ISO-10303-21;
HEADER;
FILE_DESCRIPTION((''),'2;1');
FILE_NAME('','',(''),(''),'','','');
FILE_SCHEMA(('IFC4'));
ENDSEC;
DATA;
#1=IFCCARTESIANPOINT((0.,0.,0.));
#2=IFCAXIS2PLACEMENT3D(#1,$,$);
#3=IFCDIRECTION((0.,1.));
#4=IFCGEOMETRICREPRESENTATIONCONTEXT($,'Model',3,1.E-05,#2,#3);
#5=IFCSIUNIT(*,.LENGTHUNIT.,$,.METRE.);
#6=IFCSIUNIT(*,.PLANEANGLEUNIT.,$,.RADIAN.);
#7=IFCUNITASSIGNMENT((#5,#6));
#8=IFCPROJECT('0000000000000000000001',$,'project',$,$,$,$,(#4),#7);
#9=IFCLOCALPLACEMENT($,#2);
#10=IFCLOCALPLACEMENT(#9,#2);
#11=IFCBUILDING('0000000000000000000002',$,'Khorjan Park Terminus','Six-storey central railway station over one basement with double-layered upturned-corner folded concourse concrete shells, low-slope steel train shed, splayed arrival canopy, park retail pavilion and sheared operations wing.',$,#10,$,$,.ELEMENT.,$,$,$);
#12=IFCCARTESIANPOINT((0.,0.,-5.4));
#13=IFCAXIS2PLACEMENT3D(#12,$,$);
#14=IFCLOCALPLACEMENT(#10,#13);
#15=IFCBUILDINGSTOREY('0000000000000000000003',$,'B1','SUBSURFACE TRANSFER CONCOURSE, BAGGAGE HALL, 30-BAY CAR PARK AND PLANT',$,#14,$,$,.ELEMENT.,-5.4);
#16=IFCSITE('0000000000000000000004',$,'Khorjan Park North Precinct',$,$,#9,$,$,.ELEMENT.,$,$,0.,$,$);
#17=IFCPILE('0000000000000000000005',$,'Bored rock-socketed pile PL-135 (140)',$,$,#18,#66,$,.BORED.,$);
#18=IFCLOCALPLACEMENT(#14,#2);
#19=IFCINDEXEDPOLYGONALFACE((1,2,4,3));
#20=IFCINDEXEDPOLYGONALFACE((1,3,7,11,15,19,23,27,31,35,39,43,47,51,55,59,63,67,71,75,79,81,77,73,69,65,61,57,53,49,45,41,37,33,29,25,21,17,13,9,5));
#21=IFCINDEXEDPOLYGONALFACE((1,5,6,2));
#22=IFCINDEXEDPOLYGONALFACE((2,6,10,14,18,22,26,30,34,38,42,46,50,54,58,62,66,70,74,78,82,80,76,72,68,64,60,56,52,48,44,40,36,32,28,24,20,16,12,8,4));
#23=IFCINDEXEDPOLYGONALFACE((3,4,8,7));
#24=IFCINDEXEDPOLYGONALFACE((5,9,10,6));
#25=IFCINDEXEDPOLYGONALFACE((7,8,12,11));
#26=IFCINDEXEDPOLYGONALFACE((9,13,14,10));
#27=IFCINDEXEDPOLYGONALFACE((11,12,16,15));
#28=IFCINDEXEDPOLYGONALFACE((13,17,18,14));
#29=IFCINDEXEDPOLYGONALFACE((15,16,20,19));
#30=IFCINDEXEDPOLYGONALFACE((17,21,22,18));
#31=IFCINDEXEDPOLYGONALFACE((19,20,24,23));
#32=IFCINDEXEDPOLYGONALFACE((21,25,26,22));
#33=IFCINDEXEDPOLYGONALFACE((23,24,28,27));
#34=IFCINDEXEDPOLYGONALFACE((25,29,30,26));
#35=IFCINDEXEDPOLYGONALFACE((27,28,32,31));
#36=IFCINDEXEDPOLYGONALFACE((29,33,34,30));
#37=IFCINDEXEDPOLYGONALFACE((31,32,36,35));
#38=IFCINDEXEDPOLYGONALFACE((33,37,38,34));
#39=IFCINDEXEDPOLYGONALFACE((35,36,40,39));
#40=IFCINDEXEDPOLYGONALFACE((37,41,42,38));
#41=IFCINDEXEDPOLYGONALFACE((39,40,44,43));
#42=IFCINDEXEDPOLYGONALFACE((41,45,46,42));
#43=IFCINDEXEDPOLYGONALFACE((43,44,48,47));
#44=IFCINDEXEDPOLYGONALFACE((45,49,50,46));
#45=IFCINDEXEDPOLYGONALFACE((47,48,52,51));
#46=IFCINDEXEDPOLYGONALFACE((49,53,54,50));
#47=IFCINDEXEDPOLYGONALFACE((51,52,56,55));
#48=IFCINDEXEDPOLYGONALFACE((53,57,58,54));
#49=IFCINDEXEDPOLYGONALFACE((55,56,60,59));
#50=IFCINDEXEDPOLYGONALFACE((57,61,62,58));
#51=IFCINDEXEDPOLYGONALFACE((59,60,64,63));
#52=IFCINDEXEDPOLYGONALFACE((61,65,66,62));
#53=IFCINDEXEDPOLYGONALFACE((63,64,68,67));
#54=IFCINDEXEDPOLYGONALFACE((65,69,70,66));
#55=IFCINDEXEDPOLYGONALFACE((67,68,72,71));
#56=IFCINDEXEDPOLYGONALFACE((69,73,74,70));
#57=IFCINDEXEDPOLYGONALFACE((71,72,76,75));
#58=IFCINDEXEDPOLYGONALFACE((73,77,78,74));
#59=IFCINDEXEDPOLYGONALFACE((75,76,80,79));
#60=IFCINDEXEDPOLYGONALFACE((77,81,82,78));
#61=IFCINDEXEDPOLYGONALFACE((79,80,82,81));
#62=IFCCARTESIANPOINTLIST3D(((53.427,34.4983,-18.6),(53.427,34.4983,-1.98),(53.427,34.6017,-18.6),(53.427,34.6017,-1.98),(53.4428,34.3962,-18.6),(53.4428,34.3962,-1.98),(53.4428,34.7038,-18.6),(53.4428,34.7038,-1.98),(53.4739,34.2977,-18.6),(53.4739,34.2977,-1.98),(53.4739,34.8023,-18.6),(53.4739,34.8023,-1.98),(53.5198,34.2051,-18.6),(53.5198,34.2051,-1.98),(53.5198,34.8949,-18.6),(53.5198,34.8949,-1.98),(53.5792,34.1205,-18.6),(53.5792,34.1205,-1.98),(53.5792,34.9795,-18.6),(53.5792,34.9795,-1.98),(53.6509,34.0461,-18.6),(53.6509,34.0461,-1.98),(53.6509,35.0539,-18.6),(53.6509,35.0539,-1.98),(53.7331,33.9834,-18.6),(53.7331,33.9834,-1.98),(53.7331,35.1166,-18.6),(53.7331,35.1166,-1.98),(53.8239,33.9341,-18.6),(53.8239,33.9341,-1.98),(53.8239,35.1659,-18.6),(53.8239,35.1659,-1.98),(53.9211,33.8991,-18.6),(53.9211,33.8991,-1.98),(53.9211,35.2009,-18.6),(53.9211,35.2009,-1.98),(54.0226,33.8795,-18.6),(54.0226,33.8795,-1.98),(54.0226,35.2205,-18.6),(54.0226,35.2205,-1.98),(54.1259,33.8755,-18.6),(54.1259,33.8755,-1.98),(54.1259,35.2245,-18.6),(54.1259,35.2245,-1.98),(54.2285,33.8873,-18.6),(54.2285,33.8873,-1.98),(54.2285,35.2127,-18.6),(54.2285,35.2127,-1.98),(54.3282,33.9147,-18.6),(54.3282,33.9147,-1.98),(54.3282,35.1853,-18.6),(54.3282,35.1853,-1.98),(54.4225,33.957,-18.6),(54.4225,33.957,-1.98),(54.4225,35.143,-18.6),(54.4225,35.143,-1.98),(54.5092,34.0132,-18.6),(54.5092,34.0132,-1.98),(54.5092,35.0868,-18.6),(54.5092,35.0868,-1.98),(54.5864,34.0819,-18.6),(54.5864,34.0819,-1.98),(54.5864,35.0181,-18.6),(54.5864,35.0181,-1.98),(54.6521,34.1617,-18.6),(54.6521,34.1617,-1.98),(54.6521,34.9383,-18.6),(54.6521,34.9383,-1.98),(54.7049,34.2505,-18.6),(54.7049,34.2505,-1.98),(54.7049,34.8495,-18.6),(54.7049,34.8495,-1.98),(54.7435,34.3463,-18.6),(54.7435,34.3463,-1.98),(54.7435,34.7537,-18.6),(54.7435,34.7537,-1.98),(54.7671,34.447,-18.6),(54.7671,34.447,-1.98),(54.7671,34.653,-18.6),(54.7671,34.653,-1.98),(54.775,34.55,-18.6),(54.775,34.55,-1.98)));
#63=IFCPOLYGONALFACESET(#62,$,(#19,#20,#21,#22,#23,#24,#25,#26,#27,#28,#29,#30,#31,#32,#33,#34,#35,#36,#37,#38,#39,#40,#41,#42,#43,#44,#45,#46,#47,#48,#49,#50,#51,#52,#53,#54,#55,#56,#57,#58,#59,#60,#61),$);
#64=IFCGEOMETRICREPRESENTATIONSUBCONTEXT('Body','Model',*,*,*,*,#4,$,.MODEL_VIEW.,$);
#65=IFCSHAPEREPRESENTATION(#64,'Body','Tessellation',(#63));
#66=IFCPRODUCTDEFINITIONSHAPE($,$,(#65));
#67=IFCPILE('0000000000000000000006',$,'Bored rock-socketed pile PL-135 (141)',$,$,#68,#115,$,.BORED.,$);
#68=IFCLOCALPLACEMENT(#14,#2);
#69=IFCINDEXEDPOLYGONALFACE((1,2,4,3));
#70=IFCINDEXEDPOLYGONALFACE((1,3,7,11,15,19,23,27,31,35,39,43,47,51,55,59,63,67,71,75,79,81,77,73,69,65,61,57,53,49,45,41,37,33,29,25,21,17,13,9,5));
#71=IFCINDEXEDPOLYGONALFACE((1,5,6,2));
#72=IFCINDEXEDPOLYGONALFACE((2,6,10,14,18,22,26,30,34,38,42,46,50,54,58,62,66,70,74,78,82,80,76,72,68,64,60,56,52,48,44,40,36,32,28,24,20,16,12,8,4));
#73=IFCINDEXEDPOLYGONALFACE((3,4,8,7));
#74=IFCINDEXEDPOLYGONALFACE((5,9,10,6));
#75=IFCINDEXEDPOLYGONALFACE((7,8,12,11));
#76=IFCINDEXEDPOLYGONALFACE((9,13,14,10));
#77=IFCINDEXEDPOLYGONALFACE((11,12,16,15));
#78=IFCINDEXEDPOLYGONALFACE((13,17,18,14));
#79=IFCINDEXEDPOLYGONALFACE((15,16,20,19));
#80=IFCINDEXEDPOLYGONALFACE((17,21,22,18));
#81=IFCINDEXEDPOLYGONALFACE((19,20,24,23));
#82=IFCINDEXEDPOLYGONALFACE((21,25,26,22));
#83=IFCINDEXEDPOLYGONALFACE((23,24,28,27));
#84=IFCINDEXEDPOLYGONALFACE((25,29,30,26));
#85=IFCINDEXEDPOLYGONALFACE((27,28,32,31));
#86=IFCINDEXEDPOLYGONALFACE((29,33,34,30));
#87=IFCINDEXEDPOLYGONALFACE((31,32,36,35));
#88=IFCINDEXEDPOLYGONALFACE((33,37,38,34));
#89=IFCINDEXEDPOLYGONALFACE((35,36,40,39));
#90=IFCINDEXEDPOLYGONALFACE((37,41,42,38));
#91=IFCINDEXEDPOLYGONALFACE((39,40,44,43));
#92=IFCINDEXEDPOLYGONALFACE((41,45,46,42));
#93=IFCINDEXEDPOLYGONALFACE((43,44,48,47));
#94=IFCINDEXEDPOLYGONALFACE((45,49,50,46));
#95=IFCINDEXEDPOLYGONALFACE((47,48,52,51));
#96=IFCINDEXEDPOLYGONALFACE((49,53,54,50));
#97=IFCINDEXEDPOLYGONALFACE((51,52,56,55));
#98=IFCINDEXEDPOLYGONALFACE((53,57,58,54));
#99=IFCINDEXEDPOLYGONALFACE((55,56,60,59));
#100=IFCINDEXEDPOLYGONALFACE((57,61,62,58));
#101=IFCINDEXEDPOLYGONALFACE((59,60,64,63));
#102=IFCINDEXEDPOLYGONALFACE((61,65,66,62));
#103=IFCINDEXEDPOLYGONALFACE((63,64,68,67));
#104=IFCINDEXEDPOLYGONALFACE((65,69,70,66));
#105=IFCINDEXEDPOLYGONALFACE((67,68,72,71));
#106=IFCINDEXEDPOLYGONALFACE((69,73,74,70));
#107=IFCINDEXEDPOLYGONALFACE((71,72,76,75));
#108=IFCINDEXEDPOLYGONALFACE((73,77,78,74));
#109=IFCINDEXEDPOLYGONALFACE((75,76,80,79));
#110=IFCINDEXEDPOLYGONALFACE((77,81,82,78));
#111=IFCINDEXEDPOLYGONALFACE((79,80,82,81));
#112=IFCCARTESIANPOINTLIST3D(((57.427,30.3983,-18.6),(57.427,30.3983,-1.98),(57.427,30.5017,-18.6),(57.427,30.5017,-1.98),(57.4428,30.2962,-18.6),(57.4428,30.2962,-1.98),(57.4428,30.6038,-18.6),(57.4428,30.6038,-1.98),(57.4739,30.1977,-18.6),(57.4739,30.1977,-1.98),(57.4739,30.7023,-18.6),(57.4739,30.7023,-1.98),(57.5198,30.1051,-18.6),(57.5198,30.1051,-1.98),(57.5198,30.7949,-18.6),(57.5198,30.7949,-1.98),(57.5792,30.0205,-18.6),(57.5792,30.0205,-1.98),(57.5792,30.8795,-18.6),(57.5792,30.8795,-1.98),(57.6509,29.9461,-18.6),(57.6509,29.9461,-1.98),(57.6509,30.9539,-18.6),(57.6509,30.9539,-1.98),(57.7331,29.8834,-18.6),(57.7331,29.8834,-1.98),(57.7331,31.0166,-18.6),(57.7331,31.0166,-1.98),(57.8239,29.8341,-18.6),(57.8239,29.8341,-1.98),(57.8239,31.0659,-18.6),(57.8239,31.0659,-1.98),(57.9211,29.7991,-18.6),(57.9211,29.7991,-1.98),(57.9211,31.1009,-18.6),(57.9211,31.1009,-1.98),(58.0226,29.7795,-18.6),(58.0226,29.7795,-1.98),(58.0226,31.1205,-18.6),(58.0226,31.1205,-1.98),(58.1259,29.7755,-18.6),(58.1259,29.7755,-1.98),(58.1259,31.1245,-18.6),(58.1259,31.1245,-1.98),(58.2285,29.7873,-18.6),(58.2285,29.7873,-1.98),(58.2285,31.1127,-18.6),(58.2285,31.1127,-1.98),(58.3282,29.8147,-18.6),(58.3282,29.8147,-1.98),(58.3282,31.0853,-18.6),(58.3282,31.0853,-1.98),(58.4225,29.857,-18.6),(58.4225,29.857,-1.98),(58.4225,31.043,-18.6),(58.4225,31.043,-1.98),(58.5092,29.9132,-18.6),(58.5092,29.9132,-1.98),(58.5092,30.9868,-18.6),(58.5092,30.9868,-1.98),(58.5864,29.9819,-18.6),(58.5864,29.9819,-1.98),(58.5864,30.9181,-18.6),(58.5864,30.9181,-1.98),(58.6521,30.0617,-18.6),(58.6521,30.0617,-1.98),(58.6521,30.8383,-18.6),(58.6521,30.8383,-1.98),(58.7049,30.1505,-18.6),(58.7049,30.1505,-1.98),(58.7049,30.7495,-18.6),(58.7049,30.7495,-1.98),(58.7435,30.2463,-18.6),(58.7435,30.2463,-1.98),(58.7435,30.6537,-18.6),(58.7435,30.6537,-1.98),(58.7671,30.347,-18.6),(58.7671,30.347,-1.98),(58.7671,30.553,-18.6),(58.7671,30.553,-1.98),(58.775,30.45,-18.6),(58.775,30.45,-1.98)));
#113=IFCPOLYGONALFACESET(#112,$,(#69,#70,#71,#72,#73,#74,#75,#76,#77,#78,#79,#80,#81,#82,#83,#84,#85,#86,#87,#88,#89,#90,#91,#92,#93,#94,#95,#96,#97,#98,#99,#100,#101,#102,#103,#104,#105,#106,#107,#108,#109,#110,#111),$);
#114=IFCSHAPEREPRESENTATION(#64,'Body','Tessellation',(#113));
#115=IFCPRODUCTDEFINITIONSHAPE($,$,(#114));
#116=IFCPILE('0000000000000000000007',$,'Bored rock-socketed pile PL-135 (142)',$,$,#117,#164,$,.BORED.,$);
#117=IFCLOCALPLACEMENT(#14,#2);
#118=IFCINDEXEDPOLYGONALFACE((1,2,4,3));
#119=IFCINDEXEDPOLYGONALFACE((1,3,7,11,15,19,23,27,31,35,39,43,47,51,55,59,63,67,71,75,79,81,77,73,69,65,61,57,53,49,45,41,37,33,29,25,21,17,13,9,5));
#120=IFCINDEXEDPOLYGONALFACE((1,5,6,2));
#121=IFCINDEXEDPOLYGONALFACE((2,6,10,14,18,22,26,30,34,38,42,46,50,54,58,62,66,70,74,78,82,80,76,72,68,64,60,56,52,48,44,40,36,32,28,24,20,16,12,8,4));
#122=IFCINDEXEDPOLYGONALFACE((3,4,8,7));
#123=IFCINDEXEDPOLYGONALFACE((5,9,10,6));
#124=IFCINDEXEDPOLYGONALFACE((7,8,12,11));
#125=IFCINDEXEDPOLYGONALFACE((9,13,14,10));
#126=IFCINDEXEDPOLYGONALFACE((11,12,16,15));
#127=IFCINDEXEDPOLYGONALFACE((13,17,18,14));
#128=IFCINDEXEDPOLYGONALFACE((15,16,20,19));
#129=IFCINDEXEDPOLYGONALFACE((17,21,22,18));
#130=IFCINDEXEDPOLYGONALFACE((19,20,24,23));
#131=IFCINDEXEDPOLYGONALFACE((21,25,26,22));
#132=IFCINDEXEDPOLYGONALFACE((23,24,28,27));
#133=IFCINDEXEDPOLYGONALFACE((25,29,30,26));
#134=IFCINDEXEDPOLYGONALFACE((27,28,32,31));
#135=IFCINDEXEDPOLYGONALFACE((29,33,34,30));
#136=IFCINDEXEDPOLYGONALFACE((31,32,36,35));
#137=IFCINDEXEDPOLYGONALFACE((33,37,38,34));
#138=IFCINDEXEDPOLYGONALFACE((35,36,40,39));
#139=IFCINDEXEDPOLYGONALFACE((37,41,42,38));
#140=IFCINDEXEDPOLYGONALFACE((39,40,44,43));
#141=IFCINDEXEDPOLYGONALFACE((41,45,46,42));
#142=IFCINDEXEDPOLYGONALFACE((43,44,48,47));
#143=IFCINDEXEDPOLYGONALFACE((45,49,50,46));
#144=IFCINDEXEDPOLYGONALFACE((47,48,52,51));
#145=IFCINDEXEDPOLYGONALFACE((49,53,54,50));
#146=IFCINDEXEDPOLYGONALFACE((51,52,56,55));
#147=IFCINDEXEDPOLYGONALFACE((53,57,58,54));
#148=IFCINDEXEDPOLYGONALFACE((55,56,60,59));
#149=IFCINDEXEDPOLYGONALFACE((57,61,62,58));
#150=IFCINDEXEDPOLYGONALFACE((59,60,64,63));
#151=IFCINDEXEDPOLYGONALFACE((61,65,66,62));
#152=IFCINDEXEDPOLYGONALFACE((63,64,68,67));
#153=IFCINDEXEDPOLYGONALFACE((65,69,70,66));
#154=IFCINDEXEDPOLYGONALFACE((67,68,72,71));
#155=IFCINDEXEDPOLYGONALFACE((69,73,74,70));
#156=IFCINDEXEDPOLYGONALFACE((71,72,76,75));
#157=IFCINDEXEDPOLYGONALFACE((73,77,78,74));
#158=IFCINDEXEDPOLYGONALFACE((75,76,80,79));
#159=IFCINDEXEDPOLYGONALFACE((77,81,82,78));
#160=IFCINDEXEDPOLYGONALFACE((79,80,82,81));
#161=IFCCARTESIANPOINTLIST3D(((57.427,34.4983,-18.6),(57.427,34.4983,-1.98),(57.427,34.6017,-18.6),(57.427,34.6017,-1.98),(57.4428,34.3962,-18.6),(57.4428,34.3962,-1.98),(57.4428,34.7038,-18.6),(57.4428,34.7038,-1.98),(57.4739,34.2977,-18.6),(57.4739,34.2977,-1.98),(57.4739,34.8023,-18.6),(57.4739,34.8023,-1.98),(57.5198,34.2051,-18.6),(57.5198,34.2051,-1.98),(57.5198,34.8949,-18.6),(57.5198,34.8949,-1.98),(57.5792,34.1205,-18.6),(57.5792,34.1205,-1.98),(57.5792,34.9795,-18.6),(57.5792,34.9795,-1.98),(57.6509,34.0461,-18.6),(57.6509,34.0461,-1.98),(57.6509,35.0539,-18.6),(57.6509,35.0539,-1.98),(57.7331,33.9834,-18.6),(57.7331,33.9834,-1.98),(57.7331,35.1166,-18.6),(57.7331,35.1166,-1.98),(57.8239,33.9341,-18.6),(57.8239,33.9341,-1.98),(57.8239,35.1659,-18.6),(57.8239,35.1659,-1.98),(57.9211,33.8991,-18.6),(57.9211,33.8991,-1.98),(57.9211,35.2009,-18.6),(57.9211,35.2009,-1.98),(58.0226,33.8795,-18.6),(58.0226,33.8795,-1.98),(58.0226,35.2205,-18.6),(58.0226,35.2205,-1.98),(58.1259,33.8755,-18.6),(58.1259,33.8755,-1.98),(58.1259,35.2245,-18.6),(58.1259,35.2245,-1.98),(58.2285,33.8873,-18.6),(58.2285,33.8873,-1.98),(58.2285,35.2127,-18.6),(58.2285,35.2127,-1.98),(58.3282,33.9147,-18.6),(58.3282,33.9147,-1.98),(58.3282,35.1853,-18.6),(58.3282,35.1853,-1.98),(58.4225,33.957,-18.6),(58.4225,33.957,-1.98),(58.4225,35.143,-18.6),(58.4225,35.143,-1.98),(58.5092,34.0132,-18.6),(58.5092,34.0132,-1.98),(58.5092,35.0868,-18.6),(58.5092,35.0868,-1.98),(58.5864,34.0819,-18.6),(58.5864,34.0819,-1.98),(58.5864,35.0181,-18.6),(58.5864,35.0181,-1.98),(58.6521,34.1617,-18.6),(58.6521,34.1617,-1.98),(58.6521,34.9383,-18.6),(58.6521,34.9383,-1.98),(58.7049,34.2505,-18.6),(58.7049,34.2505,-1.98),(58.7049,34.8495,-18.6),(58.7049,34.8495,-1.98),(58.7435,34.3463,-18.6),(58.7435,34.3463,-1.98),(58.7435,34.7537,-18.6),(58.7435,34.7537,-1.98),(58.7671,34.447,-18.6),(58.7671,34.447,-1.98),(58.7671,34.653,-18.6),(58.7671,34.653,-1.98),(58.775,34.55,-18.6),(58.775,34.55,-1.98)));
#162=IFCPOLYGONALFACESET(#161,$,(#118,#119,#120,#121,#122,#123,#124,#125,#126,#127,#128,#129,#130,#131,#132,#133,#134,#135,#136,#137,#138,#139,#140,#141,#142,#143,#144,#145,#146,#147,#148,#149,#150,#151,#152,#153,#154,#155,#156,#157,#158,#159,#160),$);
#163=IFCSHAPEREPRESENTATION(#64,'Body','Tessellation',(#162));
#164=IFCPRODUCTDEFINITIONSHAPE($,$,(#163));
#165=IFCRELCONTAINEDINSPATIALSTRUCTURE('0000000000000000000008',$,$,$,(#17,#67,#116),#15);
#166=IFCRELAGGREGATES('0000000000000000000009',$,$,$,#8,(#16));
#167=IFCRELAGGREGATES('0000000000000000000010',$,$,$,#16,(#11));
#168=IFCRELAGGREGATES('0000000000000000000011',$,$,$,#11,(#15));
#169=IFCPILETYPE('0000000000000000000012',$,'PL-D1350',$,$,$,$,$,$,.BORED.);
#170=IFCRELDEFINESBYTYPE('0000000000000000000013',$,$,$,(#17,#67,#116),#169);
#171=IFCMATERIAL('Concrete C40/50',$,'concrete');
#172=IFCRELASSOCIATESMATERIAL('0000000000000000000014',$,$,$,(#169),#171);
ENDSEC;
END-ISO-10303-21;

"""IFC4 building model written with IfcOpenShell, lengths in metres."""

from ifc_helpers import new_model, si_unit, direction, frame, origin, origin_2d, place, context, subcontext, project, spatial, circle, extrude, material, material_profile, profile_set, type_object, element, save


model = new_model("IFC4")

# Units and contexts
model_context = context("Model", 3, precision=1e-05, world=origin(), true_north=direction((0.0, 1.0)))
body_context = subcontext(model_context, "Body", "Model", "MODEL_VIEW")
ifc_project = project(units=[si_unit("LENGTHUNIT", "METRE"), si_unit("PLANEANGLEUNIT", "RADIAN")], contexts=[model_context])

# Site, building, storey
site_placement = place(None, origin())
site = spatial("IfcSite", under=ifc_project, at=site_placement, Name="Khorjan Park North Precinct", CompositionType="ELEMENT", RefElevation=0.0)
building_placement = place(site_placement, origin())
building = spatial("IfcBuilding", under=site, at=building_placement, Name="Khorjan Park Terminus", Description="Six-storey central railway station over one basement with double-layered upturned-corner folded concourse concrete shells, low-slope steel train shed, splayed arrival canopy, park retail pavilion and sheared operations wing.", CompositionType="ELEMENT")
storey_placement = place(building_placement, frame((0.0, 0.0, -5.4)))
storey = spatial("IfcBuildingStorey", under=building, at=storey_placement, Name="B1", Description="SUBSURFACE TRANSFER CONCOURSE, BAGGAGE HALL, 30-BAY CAR PARK AND PLANT", CompositionType="ELEMENT", Elevation=-5.4)

# Shared definitions
ifc_material_1 = material(Name="Concrete C40/50", Category="concrete")

# Piles
ifc_material_profile_1 = material_profile(ifc_material_1, circle(Radius=0.675, at=origin_2d()), Name="BORED D1350")
ifc_profile_set_1 = profile_set([ifc_material_profile_1], Name="Concrete C40/50")
pile_type_1 = type_object("IfcPileType", Name="PL-D1350", PredefinedType="BORED", material=ifc_profile_set_1)
for number, where, z_axis, x_axis, name in (
    (1, (54.1, 34.55, -1.98), (0.0, 0.0, -1.0), (1.0, 0.0, 0.0), "Bored rock-socketed pile PL-135 (140)"),
    (2, (58.1, 30.45, -1.98), (0.0, 0.0, -1.0), (1.0, 0.0, 0.0), "Bored rock-socketed pile PL-135 (141)"),
    (3, (58.1, 34.55, -1.98), (0.0, 0.0, -1.0), (1.0, 0.0, 0.0), "Bored rock-socketed pile PL-135 (142)"),
):
    element("IfcPile", number, at=place(storey_placement, frame(where, z_axis=z_axis, x_axis=x_axis)), inside=storey, type_object=pile_type_1, Name=name, PredefinedType="BORED", context=body_context, shape_type="SweptSolid", body=[
        extrude(circle(Radius=0.675, at=origin_2d()), origin(), (0.0, 0.0, 1.0), 16.62),
    ])

save(model, "model.ifc")
